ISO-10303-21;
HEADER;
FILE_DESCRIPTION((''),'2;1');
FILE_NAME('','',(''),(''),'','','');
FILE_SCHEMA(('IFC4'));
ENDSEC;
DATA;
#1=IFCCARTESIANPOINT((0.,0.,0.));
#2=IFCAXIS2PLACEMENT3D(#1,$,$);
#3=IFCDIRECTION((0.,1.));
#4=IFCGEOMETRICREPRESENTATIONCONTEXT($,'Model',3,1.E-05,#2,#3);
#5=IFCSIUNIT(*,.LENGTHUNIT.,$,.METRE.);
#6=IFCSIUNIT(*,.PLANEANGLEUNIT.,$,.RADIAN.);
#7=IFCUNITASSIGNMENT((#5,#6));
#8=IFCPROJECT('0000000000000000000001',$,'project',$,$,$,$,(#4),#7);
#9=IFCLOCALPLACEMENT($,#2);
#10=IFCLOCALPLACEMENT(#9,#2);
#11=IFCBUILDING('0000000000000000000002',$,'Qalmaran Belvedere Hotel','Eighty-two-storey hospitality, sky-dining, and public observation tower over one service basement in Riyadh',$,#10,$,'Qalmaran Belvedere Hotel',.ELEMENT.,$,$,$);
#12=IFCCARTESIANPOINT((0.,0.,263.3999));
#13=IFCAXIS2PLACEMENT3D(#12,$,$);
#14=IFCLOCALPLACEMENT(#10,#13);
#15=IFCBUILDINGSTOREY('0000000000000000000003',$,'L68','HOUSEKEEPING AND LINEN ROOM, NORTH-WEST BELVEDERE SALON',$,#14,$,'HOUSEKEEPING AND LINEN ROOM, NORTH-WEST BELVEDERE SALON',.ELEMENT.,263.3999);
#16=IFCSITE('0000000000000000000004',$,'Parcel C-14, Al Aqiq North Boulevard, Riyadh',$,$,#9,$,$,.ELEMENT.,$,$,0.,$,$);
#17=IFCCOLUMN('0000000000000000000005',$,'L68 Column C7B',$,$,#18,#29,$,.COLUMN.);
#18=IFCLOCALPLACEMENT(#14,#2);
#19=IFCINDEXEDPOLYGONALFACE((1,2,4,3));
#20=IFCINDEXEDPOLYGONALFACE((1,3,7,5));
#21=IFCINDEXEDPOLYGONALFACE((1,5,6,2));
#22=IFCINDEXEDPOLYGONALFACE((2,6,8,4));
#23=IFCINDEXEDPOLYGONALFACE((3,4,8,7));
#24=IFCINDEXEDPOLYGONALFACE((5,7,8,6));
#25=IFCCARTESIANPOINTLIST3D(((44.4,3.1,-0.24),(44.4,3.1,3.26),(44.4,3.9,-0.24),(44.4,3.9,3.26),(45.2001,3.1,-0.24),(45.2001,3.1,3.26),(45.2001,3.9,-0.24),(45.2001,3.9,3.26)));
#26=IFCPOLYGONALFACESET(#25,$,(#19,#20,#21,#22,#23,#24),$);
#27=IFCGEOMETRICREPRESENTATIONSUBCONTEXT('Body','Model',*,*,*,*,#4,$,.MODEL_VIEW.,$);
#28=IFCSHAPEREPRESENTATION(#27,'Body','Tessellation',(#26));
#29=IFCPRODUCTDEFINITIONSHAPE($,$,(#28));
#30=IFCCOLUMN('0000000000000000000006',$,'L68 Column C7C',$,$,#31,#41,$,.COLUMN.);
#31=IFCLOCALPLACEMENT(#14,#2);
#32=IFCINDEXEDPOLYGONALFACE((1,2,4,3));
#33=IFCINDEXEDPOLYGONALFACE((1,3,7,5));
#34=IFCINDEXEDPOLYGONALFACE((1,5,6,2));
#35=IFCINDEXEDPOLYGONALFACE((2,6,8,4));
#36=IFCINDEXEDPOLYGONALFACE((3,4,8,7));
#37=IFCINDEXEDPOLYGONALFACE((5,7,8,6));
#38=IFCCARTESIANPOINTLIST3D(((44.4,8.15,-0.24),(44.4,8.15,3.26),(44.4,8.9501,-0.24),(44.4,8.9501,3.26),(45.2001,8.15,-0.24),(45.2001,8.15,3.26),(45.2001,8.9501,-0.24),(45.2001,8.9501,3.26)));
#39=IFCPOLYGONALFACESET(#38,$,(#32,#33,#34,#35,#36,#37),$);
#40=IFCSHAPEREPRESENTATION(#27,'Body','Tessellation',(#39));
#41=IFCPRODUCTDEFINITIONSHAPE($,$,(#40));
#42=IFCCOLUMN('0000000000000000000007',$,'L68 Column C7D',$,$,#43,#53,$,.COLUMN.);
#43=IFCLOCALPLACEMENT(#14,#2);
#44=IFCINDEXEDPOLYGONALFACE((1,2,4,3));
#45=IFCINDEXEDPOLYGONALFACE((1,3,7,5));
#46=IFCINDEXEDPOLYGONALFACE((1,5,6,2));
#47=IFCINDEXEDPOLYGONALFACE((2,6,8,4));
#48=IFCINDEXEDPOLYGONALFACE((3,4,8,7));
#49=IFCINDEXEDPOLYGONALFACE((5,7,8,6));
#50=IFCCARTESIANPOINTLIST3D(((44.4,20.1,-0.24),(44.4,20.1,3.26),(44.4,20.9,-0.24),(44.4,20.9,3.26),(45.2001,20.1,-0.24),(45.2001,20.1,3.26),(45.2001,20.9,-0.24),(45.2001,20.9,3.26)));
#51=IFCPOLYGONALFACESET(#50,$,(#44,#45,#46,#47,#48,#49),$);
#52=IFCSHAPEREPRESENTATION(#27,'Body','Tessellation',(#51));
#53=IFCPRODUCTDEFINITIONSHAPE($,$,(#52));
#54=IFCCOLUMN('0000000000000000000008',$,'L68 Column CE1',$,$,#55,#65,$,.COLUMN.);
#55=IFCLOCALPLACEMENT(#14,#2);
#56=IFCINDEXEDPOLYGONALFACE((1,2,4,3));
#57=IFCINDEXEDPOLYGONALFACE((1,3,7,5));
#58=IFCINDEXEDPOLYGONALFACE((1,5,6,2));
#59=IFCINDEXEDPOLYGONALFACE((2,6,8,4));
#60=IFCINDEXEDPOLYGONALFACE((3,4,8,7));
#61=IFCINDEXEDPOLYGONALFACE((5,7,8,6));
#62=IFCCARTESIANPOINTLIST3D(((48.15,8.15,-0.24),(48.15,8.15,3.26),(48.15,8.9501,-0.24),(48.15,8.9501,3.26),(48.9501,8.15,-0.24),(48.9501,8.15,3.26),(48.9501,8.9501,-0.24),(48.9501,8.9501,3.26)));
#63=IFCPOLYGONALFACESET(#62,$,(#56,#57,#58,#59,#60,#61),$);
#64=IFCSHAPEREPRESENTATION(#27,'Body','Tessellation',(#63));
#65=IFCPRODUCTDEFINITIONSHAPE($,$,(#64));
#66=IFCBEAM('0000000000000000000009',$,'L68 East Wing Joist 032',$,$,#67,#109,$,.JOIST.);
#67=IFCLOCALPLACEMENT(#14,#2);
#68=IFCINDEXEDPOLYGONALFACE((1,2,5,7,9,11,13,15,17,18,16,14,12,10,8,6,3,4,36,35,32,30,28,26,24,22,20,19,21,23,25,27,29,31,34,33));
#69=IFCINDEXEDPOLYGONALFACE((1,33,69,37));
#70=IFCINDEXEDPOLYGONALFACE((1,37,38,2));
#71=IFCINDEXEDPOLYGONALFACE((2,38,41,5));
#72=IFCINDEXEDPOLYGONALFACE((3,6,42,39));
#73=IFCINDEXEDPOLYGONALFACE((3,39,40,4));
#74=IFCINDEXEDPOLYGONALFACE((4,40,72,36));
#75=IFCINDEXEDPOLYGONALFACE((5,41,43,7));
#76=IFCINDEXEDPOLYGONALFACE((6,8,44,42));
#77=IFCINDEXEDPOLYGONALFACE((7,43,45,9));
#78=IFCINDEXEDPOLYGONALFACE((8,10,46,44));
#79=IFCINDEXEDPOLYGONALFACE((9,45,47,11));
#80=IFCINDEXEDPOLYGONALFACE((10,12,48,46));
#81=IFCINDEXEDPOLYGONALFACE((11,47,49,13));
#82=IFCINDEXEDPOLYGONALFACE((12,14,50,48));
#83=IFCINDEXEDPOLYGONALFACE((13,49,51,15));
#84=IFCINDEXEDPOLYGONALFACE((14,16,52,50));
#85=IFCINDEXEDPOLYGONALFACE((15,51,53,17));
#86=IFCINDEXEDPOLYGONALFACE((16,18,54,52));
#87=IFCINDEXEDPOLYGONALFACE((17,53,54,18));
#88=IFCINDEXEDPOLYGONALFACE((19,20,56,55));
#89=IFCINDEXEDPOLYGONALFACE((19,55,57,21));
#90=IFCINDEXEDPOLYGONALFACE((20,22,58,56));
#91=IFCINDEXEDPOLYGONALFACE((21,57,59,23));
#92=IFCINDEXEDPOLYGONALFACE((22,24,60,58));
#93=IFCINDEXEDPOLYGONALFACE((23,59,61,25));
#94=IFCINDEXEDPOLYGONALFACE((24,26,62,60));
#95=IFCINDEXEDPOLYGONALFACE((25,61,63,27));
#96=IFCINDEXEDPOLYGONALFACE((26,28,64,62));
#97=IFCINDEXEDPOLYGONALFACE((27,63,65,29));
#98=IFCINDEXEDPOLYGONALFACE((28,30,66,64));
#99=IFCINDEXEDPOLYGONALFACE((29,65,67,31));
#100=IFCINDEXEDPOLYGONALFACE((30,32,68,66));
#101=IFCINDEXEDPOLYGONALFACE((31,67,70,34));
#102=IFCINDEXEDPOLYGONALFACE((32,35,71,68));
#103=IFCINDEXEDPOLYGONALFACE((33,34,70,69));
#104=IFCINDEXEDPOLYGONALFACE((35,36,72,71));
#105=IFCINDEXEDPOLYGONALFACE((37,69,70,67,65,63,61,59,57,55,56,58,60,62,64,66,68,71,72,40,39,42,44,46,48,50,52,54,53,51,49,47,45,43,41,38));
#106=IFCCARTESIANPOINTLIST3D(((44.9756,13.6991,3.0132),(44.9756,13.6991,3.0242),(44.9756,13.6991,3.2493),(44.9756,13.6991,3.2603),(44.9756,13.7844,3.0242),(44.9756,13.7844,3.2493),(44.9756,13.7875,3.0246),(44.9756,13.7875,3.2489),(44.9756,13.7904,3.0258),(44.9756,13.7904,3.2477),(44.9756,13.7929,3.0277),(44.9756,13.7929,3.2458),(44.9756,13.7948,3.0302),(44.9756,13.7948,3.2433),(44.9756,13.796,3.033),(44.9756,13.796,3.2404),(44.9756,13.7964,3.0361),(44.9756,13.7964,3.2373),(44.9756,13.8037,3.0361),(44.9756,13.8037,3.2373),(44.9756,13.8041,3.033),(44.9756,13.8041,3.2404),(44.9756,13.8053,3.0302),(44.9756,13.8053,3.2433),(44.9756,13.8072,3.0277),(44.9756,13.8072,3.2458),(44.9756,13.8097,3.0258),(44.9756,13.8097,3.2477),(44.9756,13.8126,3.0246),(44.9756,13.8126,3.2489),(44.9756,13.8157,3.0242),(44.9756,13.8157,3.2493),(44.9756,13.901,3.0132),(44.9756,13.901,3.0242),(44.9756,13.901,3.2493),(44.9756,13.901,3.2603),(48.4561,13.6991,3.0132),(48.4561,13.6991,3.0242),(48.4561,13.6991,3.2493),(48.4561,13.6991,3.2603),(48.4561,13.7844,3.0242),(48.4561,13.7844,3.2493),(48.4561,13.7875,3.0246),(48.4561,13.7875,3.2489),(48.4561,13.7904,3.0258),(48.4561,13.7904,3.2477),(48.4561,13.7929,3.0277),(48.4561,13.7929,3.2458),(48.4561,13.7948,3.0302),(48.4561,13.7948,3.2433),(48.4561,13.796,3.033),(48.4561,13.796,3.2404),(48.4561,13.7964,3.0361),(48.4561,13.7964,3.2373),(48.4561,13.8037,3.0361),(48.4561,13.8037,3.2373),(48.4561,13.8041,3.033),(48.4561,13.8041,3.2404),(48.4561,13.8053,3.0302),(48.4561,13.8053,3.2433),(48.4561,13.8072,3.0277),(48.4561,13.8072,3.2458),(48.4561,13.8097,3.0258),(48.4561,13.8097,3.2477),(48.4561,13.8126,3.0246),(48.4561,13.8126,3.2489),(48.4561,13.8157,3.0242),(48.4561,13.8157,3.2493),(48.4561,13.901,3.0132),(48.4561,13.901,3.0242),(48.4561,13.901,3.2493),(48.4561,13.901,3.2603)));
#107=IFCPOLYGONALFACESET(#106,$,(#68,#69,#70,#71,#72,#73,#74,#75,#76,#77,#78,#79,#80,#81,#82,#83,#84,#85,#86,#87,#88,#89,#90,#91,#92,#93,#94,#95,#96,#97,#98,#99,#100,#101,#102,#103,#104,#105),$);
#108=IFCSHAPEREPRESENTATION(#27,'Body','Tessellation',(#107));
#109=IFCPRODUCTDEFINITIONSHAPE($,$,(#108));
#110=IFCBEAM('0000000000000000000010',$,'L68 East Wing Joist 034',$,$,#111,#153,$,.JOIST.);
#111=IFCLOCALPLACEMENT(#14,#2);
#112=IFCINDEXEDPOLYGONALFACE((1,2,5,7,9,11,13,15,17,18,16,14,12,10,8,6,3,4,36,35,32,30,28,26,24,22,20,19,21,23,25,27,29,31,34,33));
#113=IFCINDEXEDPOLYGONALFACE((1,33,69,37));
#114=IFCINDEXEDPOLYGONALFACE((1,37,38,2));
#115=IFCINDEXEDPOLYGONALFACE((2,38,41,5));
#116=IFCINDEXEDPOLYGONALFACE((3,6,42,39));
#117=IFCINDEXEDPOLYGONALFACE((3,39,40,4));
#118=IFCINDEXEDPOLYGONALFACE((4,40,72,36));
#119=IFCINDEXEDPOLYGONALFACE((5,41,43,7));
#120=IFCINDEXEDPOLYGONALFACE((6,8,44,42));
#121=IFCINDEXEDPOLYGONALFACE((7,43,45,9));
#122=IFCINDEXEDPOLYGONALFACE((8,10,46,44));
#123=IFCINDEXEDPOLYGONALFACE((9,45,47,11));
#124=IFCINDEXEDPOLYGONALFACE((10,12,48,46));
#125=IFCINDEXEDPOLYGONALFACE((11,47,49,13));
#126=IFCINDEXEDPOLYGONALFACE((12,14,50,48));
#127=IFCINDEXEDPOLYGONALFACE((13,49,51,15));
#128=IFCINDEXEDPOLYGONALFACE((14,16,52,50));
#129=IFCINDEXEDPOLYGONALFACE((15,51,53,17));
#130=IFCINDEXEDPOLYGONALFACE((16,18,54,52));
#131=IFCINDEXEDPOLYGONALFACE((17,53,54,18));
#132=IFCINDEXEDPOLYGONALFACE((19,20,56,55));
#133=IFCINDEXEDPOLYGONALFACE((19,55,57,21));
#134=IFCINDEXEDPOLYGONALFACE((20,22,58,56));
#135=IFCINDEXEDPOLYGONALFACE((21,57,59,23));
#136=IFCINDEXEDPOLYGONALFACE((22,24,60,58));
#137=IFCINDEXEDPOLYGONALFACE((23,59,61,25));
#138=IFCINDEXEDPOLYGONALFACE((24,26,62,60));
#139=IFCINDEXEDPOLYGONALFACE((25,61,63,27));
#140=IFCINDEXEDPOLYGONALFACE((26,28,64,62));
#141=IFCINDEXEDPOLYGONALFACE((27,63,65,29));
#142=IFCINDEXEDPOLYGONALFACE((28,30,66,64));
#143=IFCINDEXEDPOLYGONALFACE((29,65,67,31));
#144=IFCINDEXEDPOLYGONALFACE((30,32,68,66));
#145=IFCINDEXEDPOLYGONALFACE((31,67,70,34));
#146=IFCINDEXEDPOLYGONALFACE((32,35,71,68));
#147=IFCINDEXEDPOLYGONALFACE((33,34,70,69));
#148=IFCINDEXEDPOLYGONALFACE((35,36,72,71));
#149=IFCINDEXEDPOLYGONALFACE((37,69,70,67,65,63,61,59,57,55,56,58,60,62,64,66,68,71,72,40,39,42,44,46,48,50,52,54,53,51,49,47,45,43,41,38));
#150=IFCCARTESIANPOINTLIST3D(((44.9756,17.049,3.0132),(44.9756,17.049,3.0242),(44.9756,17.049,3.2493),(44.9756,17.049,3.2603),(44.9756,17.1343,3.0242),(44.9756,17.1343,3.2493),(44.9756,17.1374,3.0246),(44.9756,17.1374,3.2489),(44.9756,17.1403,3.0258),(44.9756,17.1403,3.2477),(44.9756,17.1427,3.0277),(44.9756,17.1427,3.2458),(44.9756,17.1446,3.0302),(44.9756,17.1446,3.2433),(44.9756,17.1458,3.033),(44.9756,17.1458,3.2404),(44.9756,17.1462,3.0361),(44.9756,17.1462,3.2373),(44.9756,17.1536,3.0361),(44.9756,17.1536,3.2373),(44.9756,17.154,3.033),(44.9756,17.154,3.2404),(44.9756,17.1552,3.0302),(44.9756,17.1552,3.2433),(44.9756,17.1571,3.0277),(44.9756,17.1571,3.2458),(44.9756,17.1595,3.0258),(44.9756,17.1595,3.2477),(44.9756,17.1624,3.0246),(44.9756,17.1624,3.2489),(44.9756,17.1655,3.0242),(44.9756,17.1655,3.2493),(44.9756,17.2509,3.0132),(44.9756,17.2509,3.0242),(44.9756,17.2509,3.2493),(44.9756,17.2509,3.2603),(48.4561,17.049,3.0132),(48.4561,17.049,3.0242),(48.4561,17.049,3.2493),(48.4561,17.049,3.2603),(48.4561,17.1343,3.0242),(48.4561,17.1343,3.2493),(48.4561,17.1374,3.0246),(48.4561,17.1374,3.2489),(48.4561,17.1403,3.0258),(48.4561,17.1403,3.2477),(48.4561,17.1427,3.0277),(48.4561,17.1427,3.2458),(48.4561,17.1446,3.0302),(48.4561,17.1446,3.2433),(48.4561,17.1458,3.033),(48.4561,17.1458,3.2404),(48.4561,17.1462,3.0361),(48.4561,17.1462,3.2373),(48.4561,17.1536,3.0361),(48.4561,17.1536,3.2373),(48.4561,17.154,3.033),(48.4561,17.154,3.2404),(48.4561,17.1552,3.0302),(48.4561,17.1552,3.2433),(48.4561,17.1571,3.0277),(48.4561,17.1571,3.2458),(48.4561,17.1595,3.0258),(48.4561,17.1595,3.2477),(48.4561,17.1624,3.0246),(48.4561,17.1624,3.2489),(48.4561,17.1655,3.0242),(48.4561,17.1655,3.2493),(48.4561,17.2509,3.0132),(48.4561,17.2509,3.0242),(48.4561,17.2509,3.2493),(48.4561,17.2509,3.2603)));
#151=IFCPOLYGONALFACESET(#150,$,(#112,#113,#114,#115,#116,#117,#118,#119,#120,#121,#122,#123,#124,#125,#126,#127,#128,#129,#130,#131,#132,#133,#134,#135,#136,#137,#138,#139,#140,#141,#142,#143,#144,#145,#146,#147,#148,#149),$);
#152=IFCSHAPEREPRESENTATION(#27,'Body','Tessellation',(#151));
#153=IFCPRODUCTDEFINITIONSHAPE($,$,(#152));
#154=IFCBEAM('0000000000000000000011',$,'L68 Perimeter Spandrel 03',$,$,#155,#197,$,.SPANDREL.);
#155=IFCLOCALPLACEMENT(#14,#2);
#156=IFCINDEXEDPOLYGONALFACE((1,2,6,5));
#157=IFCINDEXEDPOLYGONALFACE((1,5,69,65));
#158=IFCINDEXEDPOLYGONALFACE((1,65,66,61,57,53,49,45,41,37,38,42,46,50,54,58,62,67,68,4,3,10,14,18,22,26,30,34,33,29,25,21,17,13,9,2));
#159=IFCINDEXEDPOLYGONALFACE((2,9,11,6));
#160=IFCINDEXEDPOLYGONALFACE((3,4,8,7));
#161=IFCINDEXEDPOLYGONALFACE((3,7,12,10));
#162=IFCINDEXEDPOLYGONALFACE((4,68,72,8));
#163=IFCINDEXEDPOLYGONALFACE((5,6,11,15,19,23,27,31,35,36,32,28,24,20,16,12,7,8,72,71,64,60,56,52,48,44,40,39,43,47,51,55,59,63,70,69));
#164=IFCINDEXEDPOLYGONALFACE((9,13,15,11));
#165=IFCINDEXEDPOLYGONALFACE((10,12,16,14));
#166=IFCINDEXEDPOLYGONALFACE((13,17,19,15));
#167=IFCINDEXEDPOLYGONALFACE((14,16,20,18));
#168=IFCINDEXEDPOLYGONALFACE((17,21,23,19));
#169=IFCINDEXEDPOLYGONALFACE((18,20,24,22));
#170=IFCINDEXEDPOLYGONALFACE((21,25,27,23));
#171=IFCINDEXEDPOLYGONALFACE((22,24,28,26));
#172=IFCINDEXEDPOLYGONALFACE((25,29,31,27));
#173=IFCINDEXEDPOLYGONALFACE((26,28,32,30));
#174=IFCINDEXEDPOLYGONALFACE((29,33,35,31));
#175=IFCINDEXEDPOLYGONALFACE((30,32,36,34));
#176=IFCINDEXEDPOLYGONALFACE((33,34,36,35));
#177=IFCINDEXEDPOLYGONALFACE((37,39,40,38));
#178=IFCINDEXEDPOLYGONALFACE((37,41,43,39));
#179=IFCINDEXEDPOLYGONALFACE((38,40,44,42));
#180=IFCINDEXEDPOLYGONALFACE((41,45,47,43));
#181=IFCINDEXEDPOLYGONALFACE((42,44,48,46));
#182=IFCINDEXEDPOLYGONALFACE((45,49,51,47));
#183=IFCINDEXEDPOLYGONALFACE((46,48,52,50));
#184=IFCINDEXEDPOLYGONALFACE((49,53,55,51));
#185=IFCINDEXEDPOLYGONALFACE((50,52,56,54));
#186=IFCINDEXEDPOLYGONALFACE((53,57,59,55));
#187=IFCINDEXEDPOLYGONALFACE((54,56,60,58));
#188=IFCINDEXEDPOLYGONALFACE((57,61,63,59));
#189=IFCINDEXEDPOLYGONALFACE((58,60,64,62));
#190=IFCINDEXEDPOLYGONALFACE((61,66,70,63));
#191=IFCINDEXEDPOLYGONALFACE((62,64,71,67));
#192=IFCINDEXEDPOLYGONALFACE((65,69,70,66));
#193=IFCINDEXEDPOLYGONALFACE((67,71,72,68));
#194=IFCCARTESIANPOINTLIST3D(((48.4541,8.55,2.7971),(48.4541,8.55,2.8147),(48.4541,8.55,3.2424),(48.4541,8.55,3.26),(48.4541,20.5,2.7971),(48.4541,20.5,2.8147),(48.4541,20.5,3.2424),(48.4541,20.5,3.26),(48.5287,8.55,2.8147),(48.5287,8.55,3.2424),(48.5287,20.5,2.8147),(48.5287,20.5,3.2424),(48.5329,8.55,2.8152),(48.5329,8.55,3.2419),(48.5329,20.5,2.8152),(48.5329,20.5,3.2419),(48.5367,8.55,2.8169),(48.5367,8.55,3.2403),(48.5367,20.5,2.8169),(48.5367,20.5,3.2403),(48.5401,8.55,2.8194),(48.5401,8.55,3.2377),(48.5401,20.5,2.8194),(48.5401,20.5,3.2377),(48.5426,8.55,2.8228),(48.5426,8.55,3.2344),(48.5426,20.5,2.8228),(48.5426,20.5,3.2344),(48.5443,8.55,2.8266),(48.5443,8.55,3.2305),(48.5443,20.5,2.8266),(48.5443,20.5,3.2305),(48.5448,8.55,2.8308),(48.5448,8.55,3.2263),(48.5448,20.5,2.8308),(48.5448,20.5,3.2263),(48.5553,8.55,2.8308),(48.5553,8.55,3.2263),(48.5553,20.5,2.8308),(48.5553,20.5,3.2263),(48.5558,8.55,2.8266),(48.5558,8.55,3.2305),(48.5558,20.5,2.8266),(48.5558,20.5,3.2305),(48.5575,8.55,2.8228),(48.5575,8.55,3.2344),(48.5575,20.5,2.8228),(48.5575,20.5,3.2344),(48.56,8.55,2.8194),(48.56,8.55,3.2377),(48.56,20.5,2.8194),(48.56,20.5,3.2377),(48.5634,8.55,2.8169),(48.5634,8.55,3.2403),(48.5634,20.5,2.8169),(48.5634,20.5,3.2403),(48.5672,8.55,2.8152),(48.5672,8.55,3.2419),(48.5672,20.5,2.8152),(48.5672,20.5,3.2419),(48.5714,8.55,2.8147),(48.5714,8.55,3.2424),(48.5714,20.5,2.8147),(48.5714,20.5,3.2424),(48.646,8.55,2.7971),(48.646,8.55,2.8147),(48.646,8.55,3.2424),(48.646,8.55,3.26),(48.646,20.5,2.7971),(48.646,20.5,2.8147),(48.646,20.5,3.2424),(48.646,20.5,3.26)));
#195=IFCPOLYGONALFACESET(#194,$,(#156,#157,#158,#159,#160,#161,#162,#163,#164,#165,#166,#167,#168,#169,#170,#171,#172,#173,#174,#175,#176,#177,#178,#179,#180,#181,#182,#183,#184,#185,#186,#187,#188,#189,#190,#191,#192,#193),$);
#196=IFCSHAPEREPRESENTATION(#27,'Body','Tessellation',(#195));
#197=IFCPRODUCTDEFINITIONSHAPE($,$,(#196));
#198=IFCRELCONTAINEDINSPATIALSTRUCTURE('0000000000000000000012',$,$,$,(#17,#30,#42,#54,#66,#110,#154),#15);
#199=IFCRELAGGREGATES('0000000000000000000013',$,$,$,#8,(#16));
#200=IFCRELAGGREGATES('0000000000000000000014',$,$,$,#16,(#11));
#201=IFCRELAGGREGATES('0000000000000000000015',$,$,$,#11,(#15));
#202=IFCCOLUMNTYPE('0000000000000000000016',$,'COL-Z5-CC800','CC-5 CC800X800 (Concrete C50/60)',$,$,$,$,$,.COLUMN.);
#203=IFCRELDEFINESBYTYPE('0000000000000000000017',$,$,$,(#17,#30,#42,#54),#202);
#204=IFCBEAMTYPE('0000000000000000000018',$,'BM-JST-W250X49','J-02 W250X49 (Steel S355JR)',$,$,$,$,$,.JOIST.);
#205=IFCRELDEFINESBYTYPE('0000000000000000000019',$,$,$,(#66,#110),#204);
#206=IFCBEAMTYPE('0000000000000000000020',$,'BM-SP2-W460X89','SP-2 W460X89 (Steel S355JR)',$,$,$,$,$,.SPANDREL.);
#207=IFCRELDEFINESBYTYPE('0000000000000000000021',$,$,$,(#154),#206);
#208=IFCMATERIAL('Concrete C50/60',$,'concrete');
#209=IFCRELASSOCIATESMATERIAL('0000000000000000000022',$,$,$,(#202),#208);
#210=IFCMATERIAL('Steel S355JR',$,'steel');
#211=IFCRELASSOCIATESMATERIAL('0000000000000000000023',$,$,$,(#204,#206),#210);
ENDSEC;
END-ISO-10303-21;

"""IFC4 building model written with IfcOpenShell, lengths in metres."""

from ifc_helpers import new_model, si_unit, direction, frame, origin, origin_2d, place, context, subcontext, project, spatial, rectangle, i_section, extrude, material, material_profile, profile_set, type_object, element, save


model = new_model("IFC4")

# Units and contexts
model_context = context("Model", 3, precision=1e-05, world=origin(), true_north=direction((0.0, 1.0)))
body_context = subcontext(model_context, "Body", "Model", "MODEL_VIEW")
ifc_project = project(units=[si_unit("LENGTHUNIT", "METRE"), si_unit("PLANEANGLEUNIT", "RADIAN")], contexts=[model_context])

# Site, building, storey
site_placement = place(None, origin())
site = spatial("IfcSite", under=ifc_project, at=site_placement, Name="Parcel C-14, Al Aqiq North Boulevard, Riyadh", CompositionType="ELEMENT", RefElevation=0.0)
building_placement = place(site_placement, origin())
building = spatial("IfcBuilding", under=site, at=building_placement, Name="Qalmaran Belvedere Hotel", Description="Eighty-two-storey hospitality, sky-dining, and public observation tower over one service basement in Riyadh", LongName="Qalmaran Belvedere Hotel", CompositionType="ELEMENT")
storey_placement = place(building_placement, frame((0.0, 0.0, 263.3999)))
storey = spatial("IfcBuildingStorey", under=building, at=storey_placement, Name="L68", Description="HOUSEKEEPING AND LINEN ROOM, NORTH-WEST BELVEDERE SALON", LongName="HOUSEKEEPING AND LINEN ROOM, NORTH-WEST BELVEDERE SALON", CompositionType="ELEMENT", Elevation=263.3999)

# Columns
ifc_material_1 = material(Name="Concrete C50/60", Category="concrete")
ifc_material_profile_1 = material_profile(ifc_material_1, rectangle(XDim=0.8, YDim=0.8, at=origin_2d()), Name="CC800X800")
ifc_profile_set_1 = profile_set([ifc_material_profile_1], Name="Concrete C50/60")
column_type = type_object("IfcColumnType", Name="COL-Z5-CC800", Description="CC-5 CC800X800 (Concrete C50/60)", PredefinedType="COLUMN", material=ifc_profile_set_1)
for number, where, z_axis, x_axis, name in (
    (1, (44.8, 3.5, -0.24), (0.0, 0.0, 1.0), (1.0, 0.0, 0.0), "L68 Column C7B"),
    (2, (44.8, 8.55, -0.24), (0.0, 0.0, 1.0), (1.0, 0.0, 0.0), "L68 Column C7C"),
    (3, (44.8, 20.5, -0.24), (0.0, 0.0, 1.0), (1.0, 0.0, 0.0), "L68 Column C7D"),
    (4, (48.55, 8.55, -0.24), (0.0, 0.0, 1.0), (1.0, 0.0, 0.0), "L68 Column CE1"),
):
    element("IfcColumn", number, at=place(storey_placement, frame(where, z_axis=z_axis, x_axis=x_axis)), inside=storey, type_object=column_type, Name=name, PredefinedType="COLUMN", context=body_context, shape_type="SweptSolid", body=[
        extrude(rectangle(XDim=0.8, YDim=0.8, at=origin_2d()), origin(), (0.0, 0.0, 1.0), 3.5),
    ])

# Beams
ifc_material_2 = material(Name="Steel S355JR", Category="steel")
ifc_material_profile_2 = material_profile(ifc_material_2, i_section(OverallWidth=0.2019, OverallDepth=0.2471, WebThickness=0.0073, FlangeThickness=0.011, FilletRadius=0.012, at=origin_2d()), Name="W250X49")
ifc_profile_set_2 = profile_set([ifc_material_profile_2], Name="Steel S355JR")
beam_type_1 = type_object("IfcBeamType", Name="BM-JST-W250X49", Description="J-02 W250X49 (Steel S355JR)", PredefinedType="JOIST", material=ifc_profile_set_2)
for number, where, z_axis, x_axis, name in (
    (5, (44.9756, 13.8, 3.1367), (1.0, 0.0, 0.0), (0.0, 1.0, 0.0), "L68 East Wing Joist 032"),
    (6, (44.9756, 17.1499, 3.1367), (1.0, 0.0, 0.0), (0.0, 1.0, 0.0), "L68 East Wing Joist 034"),
):
    element("IfcBeam", number, at=place(storey_placement, frame(where, z_axis=z_axis, x_axis=x_axis)), inside=storey, type_object=beam_type_1, Name=name, PredefinedType="JOIST", context=body_context, shape_type="SweptSolid", body=[
        extrude(i_section(OverallWidth=0.2019, OverallDepth=0.2471, WebThickness=0.0073, FlangeThickness=0.011, FilletRadius=0.012, at=origin_2d()), origin(), (0.0, 0.0, 1.0), 3.4805),
    ])
ifc_material_profile_3 = material_profile(ifc_material_2, i_section(OverallWidth=0.1919, OverallDepth=0.4629, WebThickness=0.0105, FlangeThickness=0.0176, FilletRadius=0.0161, at=origin_2d()), Name="W460X89")
ifc_profile_set_3 = profile_set([ifc_material_profile_3], Name="Steel S355JR")
beam_type_2 = type_object("IfcBeamType", Name="BM-SP2-W460X89", Description="SP-2 W460X89 (Steel S355JR)", PredefinedType="SPANDREL", material=ifc_profile_set_3)
beam_1_placement = place(storey_placement, frame((48.55, 8.55, 3.0286), z_axis=(0.0, 1.0, 0.0), x_axis=(-1.0, 0.0, 0.0)))
element("IfcBeam", 7, at=beam_1_placement, inside=storey, type_object=beam_type_2, Name="L68 Perimeter Spandrel 03", PredefinedType="SPANDREL", context=body_context, shape_type="SweptSolid", body=[
    extrude(i_section(OverallWidth=0.1919, OverallDepth=0.4629, WebThickness=0.0105, FlangeThickness=0.0176, FilletRadius=0.0161, at=origin_2d()), origin(), (0.0, 0.0, 1.0), 11.95),
])

save(model, "model.ifc")
